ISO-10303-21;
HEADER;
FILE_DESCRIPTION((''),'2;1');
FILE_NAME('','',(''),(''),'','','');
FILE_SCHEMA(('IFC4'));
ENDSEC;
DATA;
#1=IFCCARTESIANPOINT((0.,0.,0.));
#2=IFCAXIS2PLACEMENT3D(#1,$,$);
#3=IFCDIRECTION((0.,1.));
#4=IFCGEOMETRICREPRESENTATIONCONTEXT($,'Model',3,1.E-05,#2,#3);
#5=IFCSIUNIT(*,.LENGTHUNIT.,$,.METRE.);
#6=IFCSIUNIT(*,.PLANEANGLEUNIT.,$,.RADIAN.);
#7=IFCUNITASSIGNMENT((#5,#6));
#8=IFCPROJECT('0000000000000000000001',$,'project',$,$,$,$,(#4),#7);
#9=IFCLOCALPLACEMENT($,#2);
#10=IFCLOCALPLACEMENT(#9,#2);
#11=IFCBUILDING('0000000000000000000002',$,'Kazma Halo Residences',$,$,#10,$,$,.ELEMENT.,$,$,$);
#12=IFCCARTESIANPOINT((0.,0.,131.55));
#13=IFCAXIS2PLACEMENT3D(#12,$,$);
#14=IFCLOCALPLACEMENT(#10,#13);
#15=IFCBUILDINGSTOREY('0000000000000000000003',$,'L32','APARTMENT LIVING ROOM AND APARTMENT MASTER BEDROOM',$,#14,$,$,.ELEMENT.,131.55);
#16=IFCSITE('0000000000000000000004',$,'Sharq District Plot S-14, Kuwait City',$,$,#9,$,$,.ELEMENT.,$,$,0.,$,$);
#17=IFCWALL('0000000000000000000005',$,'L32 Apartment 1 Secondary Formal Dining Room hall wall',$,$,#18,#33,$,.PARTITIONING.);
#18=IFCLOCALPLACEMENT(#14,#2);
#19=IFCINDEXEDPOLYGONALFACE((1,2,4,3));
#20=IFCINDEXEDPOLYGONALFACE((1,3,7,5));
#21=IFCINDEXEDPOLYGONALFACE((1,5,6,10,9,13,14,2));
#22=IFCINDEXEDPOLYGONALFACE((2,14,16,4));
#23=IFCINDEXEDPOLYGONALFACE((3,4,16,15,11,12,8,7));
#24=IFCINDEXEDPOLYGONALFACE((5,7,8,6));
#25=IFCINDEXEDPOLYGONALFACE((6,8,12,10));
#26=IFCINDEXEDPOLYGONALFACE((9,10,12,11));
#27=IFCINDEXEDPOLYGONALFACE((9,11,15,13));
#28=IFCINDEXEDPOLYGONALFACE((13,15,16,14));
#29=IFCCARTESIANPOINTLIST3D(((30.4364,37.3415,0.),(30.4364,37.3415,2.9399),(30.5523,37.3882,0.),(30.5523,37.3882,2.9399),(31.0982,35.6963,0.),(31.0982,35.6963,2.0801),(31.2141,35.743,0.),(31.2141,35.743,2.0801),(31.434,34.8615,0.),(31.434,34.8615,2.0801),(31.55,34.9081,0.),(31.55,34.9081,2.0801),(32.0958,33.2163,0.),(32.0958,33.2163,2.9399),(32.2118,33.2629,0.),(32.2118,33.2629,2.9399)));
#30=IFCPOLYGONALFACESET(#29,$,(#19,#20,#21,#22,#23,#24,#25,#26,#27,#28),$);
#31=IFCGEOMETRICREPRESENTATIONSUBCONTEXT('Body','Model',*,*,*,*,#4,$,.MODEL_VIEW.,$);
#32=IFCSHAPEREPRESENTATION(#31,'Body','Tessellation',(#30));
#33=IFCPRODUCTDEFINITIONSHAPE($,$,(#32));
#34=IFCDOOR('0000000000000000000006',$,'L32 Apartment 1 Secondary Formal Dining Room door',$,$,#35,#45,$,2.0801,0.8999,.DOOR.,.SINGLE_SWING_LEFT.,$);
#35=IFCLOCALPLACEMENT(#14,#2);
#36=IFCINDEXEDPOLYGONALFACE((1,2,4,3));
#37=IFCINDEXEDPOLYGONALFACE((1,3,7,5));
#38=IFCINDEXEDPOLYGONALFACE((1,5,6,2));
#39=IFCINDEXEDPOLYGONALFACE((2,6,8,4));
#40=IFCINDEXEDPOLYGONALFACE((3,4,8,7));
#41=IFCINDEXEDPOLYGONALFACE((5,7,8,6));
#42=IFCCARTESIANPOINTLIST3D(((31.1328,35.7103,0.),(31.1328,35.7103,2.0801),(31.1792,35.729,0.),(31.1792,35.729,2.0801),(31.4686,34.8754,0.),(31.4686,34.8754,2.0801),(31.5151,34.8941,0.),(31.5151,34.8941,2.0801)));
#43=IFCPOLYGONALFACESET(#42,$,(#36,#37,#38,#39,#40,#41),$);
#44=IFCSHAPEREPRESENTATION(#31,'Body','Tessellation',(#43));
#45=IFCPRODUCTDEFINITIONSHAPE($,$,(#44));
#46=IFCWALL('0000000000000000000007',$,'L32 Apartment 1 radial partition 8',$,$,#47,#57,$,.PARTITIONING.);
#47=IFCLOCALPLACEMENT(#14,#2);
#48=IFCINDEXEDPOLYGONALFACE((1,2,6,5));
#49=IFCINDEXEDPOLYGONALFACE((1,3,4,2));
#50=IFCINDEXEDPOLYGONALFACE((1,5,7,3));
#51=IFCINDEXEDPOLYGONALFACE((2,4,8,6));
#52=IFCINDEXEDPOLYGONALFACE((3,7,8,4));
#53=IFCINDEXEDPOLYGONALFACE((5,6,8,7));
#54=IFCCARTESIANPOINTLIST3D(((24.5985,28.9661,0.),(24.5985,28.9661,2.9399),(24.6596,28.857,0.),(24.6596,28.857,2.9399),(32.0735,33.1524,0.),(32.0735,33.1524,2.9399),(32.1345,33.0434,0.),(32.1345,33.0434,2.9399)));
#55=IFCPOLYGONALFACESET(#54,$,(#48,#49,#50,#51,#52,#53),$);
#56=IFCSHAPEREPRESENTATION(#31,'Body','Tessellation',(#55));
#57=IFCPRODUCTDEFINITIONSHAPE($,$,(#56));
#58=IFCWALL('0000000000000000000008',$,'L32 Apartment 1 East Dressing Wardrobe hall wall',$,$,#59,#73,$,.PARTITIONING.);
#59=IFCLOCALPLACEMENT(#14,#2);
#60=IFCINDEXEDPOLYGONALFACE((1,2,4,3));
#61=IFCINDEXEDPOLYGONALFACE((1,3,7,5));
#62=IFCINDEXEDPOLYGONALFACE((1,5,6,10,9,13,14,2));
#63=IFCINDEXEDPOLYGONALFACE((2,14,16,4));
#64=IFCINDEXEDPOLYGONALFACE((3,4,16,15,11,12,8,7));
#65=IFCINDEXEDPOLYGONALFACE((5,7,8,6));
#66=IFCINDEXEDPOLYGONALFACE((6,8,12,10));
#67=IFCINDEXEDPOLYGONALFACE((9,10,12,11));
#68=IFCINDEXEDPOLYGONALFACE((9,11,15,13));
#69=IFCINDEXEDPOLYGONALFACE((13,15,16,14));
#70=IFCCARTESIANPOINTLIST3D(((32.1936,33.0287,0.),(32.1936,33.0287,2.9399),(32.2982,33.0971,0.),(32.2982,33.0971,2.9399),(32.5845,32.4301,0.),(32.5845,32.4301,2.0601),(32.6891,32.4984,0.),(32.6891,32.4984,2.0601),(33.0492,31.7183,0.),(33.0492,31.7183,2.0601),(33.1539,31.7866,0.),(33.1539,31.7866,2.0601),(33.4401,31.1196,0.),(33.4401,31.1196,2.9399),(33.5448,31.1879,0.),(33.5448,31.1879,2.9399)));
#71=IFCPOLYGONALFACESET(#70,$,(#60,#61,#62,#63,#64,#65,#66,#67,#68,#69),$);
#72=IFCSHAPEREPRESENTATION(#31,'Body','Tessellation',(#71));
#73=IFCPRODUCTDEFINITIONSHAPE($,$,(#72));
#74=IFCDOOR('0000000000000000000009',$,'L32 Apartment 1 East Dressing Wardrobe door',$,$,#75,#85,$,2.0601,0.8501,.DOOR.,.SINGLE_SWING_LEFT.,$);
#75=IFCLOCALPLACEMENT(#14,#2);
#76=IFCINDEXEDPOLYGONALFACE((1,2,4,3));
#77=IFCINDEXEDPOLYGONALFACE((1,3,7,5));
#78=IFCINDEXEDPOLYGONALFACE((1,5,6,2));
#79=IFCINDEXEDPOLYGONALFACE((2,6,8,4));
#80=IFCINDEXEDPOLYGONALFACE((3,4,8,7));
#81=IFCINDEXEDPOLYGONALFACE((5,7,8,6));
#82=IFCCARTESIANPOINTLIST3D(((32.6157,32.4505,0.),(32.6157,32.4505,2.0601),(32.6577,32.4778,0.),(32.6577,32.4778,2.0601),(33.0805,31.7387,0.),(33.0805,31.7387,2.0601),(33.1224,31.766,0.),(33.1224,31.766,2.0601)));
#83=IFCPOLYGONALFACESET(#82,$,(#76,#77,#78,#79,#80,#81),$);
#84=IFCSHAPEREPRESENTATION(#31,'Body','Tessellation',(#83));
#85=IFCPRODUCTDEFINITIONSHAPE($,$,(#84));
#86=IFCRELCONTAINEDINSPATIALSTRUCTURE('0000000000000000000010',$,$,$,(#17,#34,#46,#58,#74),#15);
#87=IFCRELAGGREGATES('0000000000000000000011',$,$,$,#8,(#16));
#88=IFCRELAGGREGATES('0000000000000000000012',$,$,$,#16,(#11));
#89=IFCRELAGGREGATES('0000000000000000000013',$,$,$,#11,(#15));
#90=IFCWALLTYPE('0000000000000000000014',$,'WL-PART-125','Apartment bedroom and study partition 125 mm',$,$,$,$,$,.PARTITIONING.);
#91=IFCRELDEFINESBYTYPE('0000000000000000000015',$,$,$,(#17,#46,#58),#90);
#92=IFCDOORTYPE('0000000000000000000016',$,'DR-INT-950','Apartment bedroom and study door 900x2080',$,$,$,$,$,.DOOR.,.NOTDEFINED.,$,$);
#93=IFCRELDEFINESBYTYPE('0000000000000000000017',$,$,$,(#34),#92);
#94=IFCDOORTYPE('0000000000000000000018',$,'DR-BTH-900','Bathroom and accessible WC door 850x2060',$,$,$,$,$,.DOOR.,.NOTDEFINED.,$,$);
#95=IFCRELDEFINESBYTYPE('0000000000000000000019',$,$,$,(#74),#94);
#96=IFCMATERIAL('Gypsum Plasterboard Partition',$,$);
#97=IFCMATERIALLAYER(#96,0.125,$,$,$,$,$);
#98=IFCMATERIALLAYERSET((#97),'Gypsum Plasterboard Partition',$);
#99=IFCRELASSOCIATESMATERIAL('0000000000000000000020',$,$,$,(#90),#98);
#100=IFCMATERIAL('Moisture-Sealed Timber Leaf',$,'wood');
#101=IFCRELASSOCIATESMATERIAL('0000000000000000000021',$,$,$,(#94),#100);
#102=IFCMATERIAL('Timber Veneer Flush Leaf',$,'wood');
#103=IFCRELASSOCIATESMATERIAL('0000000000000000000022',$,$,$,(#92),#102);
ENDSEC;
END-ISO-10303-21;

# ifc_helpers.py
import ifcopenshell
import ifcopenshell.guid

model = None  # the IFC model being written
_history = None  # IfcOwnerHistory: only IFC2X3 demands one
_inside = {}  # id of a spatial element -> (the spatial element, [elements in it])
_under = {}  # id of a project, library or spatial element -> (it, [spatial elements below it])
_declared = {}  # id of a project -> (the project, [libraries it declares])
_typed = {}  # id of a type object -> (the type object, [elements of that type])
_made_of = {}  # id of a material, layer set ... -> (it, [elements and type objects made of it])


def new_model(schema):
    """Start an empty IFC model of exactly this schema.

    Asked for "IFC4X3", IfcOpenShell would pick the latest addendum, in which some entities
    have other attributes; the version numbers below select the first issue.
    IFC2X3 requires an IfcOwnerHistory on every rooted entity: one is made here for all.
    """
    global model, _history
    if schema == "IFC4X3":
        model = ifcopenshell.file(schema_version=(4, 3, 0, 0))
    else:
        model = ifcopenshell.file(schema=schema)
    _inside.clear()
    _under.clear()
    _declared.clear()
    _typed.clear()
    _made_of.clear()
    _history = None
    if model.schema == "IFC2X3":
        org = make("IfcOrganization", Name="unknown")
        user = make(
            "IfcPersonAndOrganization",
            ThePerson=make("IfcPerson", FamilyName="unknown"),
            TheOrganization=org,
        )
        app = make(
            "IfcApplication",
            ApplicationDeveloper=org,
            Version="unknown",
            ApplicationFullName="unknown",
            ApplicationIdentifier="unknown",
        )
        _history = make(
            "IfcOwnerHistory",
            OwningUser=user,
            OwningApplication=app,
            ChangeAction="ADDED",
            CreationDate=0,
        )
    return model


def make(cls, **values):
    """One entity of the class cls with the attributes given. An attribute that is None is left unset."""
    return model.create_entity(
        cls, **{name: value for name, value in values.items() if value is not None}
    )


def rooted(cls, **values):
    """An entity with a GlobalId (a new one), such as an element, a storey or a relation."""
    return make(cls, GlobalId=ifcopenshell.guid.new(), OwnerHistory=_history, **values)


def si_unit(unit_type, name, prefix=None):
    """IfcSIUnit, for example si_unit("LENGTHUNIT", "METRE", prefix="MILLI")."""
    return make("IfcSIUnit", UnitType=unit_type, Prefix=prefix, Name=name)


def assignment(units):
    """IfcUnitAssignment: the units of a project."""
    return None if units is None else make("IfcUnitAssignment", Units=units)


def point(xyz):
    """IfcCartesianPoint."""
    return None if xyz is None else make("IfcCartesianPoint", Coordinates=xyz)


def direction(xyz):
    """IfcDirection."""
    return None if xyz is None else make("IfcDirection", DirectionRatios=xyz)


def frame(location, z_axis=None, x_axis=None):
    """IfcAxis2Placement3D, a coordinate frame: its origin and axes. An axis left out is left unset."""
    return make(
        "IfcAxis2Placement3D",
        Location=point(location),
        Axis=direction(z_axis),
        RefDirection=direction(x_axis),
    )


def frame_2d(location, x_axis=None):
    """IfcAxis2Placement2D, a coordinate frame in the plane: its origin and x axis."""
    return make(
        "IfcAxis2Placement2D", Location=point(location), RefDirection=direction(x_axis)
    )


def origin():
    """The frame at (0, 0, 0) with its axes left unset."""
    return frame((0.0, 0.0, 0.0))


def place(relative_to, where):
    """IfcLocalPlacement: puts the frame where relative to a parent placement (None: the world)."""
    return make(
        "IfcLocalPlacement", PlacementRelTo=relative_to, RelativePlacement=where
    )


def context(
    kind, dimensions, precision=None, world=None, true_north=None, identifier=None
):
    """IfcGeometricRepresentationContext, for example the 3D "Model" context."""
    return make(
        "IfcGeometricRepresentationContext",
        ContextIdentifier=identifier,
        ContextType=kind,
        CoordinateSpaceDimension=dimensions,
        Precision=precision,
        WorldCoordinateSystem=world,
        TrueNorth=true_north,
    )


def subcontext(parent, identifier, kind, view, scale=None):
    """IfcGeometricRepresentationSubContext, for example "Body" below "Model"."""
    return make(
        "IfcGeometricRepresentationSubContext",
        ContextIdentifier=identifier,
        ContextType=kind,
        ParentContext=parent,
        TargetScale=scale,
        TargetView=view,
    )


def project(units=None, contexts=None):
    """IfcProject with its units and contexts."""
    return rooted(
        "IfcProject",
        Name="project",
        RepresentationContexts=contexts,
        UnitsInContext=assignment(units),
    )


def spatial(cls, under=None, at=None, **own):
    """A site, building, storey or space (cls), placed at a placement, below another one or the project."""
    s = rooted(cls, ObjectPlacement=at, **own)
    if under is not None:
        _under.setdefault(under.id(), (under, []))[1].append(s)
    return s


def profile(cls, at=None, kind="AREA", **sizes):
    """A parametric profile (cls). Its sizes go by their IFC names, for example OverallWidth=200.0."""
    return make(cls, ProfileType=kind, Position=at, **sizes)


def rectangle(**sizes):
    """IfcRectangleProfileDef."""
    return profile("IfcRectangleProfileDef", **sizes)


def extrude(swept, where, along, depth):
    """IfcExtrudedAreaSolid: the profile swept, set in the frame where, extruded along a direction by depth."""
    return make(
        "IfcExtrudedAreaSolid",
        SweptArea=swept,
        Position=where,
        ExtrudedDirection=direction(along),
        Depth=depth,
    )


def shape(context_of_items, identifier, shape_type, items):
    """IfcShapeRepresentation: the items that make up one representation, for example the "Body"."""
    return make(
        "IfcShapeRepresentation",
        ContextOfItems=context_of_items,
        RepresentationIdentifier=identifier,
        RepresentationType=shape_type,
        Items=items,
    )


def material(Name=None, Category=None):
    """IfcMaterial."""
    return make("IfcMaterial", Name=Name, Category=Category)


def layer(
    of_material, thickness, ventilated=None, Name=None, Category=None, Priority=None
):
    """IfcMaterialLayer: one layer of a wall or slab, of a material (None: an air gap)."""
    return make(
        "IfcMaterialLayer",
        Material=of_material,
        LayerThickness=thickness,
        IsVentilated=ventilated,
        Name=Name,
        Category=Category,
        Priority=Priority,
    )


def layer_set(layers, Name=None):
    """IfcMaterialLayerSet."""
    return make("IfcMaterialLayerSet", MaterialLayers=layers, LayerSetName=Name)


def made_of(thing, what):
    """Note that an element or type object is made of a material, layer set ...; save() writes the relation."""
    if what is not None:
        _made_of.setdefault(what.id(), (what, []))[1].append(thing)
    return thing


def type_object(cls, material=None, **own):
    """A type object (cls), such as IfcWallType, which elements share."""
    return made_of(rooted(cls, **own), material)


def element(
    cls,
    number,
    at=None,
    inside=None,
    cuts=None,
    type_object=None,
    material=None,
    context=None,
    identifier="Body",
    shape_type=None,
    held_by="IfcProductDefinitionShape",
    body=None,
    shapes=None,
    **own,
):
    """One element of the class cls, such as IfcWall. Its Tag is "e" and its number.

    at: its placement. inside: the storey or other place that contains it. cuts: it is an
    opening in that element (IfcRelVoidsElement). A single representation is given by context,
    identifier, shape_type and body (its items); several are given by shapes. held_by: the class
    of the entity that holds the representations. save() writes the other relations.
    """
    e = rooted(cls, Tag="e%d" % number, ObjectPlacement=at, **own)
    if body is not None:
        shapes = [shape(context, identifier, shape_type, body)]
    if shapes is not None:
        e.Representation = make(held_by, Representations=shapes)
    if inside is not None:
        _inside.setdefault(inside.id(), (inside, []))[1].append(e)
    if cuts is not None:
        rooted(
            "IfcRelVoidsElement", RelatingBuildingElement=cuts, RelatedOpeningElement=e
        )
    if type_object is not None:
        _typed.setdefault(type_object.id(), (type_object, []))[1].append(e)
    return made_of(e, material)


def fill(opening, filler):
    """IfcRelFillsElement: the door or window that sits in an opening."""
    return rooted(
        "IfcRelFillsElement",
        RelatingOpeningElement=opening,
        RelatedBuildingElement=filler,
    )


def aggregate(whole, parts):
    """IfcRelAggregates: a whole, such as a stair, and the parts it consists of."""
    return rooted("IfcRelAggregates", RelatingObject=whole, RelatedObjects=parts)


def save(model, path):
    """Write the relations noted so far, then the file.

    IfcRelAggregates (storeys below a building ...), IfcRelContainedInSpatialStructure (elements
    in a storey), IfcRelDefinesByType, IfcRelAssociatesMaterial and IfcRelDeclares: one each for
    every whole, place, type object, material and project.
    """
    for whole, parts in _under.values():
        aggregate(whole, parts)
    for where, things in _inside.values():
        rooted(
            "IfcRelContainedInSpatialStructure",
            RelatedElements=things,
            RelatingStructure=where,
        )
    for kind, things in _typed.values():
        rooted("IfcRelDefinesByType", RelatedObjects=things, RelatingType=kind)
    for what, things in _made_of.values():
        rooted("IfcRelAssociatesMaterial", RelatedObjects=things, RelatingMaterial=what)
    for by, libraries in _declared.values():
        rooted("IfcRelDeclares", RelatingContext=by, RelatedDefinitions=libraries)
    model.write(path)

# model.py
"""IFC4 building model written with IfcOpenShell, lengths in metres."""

from ifc_helpers import new_model, si_unit, direction, frame, frame_2d, origin, place, context, subcontext, project, spatial, rectangle, extrude, material, layer, layer_set, type_object, element, fill, save


model = new_model("IFC4")

# Units and contexts
model_context = context("Model", 3, precision=1e-05, world=origin(), true_north=direction((0.0, 1.0)))
body_context = subcontext(model_context, "Body", "Model", "MODEL_VIEW")
ifc_project = project(units=[si_unit("LENGTHUNIT", "METRE"), si_unit("PLANEANGLEUNIT", "RADIAN")], contexts=[model_context])

# Site, building, storey
site_placement = place(None, origin())
site = spatial("IfcSite", under=ifc_project, at=site_placement, Name="Sharq District Plot S-14, Kuwait City", CompositionType="ELEMENT", RefElevation=0.0)
building_placement = place(site_placement, origin())
building = spatial("IfcBuilding", under=site, at=building_placement, Name="Kazma Halo Residences", CompositionType="ELEMENT")
storey_placement = place(building_placement, frame((0.0, 0.0, 131.55)))
storey = spatial("IfcBuildingStorey", under=building, at=storey_placement, Name="L32", Description="APARTMENT LIVING ROOM AND APARTMENT MASTER BEDROOM", CompositionType="ELEMENT", Elevation=131.55)

# Shared definitions
ifc_material_1 = material(Name="Gypsum Plasterboard Partition")
ifc_layer_1 = layer(ifc_material_1, 0.125)
ifc_layer_set_1 = layer_set([ifc_layer_1], Name="Gypsum Plasterboard Partition")
wall_type_1 = type_object("IfcWallType", Name="WL-PART-125", Description="Apartment bedroom and study partition 125 mm", PredefinedType="PARTITIONING", material=ifc_layer_set_1)

# Wall, opening, door
ifc_material_2 = material(Name="Moisture-Sealed Timber Leaf", Category="wood")
door_type_1 = type_object("IfcDoorType", Name="DR-BTH-900", Description="Bathroom and accessible WC door 850x2060", OperationType="NOTDEFINED", PredefinedType="DOOR", material=ifc_material_2)
wall_1_placement = place(storey_placement, frame((30.4944, 37.3647, 0.0), z_axis=(0.0, 0.0, 1.0), x_axis=(0.373198, -0.927752, 0.0)))
wall_1 = element("IfcWall", 1, at=wall_1_placement, inside=storey, type_object=wall_type_1, Name="L32 Apartment 1 Secondary Formal Dining Room hall wall", PredefinedType="PARTITIONING", context=body_context, shape_type="SweptSolid", body=[
    extrude(rectangle(XDim=4.4465, YDim=0.125, at=frame_2d((2.2231, 0.0))), origin(), (0.0, 0.0, 1.0), 2.9399),
])
opening_1_placement = place(wall_1_placement, frame((1.7732, 0.0, 0.0)))
opening_1 = element("IfcOpeningElement", 2, at=opening_1_placement, cuts=wall_1, PredefinedType="OPENING", context=body_context, shape_type="SweptSolid", body=[
    extrude(rectangle(XDim=0.8999, YDim=2.0801, at=frame_2d((0.45, 1.04))), frame((0.0, 0.0725, 0.0), z_axis=(0.0, -1.0, 0.0), x_axis=(1.0, 0.0, 0.0)), (0.0, 0.0, 1.0), 0.145),
])
ifc_material_3 = material(Name="Timber Veneer Flush Leaf", Category="wood")
door_type_2 = type_object("IfcDoorType", Name="DR-INT-950", Description="Apartment bedroom and study door 900x2080", OperationType="NOTDEFINED", PredefinedType="DOOR", material=ifc_material_3)
door_1_placement = place(opening_1_placement, origin())
door_1 = element("IfcDoor", 3, at=door_1_placement, inside=storey, type_object=door_type_2, Name="L32 Apartment 1 Secondary Formal Dining Room door", OperationType="SINGLE_SWING_LEFT", OverallHeight=2.0801, OverallWidth=0.8999, PredefinedType="DOOR", context=body_context, shape_type="SweptSolid", body=[
    extrude(rectangle(XDim=0.8999, YDim=2.0801, at=frame_2d((0.45, 1.04))), frame((0.0, 0.0249, 0.0), z_axis=(0.0, -1.0, 0.0), x_axis=(1.0, 0.0, 0.0)), (0.0, 0.0, 1.0), 0.05),
])
fill(opening_1, door_1)

# Wall
wall_2_placement = place(storey_placement, frame((32.104, 33.0979, 0.0), z_axis=(0.0, 0.0, 1.0), x_axis=(-0.872488, -0.488635, 0.0)))
element("IfcWall", 4, at=wall_2_placement, inside=storey, type_object=wall_type_1, Name="L32 Apartment 1 radial partition 8", PredefinedType="PARTITIONING", context=body_context, shape_type="SweptSolid", body=[
    extrude(rectangle(XDim=8.5674, YDim=0.125, at=frame_2d((4.2837, 0.0))), origin(), (0.0, 0.0, 1.0), 2.9399),
])

# Wall, opening, door
wall_3_placement = place(storey_placement, frame((32.2458, 33.063, 0.0), z_axis=(0.0, 0.0, 1.0), x_axis=(0.546718, -0.837317, 0.0)))
wall_3 = element("IfcWall", 5, at=wall_3_placement, inside=storey, type_object=wall_type_1, Name="L32 Apartment 1 East Dressing Wardrobe hall wall", PredefinedType="PARTITIONING", context=body_context, shape_type="SweptSolid", body=[
    extrude(rectangle(XDim=2.28, YDim=0.125, at=frame_2d((1.1401, 0.0))), origin(), (0.0, 0.0, 1.0), 2.9399),
])
opening_2_placement = place(wall_3_placement, frame((0.7151, 0.0, 0.0)))
opening_2 = element("IfcOpeningElement", 6, at=opening_2_placement, cuts=wall_3, PredefinedType="OPENING", context=body_context, shape_type="SweptSolid", body=[
    extrude(rectangle(XDim=0.8501, YDim=2.0601, at=frame_2d((0.425, 1.03))), frame((0.0, 0.0725, 0.0), z_axis=(0.0, -1.0, 0.0), x_axis=(1.0, 0.0, 0.0)), (0.0, 0.0, 1.0), 0.145),
])
door_2_placement = place(opening_2_placement, origin())
door_2 = element("IfcDoor", 7, at=door_2_placement, inside=storey, type_object=door_type_1, Name="L32 Apartment 1 East Dressing Wardrobe door", OperationType="SINGLE_SWING_LEFT", OverallHeight=2.0601, OverallWidth=0.8501, PredefinedType="DOOR", context=body_context, shape_type="SweptSolid", body=[
    extrude(rectangle(XDim=0.8501, YDim=2.0601, at=frame_2d((0.425, 1.03))), frame((0.0, 0.0249, 0.0), z_axis=(0.0, -1.0, 0.0), x_axis=(1.0, 0.0, 0.0)), (0.0, 0.0, 1.0), 0.05),
])
fill(opening_2, door_2)

save(model, "model.ifc")
